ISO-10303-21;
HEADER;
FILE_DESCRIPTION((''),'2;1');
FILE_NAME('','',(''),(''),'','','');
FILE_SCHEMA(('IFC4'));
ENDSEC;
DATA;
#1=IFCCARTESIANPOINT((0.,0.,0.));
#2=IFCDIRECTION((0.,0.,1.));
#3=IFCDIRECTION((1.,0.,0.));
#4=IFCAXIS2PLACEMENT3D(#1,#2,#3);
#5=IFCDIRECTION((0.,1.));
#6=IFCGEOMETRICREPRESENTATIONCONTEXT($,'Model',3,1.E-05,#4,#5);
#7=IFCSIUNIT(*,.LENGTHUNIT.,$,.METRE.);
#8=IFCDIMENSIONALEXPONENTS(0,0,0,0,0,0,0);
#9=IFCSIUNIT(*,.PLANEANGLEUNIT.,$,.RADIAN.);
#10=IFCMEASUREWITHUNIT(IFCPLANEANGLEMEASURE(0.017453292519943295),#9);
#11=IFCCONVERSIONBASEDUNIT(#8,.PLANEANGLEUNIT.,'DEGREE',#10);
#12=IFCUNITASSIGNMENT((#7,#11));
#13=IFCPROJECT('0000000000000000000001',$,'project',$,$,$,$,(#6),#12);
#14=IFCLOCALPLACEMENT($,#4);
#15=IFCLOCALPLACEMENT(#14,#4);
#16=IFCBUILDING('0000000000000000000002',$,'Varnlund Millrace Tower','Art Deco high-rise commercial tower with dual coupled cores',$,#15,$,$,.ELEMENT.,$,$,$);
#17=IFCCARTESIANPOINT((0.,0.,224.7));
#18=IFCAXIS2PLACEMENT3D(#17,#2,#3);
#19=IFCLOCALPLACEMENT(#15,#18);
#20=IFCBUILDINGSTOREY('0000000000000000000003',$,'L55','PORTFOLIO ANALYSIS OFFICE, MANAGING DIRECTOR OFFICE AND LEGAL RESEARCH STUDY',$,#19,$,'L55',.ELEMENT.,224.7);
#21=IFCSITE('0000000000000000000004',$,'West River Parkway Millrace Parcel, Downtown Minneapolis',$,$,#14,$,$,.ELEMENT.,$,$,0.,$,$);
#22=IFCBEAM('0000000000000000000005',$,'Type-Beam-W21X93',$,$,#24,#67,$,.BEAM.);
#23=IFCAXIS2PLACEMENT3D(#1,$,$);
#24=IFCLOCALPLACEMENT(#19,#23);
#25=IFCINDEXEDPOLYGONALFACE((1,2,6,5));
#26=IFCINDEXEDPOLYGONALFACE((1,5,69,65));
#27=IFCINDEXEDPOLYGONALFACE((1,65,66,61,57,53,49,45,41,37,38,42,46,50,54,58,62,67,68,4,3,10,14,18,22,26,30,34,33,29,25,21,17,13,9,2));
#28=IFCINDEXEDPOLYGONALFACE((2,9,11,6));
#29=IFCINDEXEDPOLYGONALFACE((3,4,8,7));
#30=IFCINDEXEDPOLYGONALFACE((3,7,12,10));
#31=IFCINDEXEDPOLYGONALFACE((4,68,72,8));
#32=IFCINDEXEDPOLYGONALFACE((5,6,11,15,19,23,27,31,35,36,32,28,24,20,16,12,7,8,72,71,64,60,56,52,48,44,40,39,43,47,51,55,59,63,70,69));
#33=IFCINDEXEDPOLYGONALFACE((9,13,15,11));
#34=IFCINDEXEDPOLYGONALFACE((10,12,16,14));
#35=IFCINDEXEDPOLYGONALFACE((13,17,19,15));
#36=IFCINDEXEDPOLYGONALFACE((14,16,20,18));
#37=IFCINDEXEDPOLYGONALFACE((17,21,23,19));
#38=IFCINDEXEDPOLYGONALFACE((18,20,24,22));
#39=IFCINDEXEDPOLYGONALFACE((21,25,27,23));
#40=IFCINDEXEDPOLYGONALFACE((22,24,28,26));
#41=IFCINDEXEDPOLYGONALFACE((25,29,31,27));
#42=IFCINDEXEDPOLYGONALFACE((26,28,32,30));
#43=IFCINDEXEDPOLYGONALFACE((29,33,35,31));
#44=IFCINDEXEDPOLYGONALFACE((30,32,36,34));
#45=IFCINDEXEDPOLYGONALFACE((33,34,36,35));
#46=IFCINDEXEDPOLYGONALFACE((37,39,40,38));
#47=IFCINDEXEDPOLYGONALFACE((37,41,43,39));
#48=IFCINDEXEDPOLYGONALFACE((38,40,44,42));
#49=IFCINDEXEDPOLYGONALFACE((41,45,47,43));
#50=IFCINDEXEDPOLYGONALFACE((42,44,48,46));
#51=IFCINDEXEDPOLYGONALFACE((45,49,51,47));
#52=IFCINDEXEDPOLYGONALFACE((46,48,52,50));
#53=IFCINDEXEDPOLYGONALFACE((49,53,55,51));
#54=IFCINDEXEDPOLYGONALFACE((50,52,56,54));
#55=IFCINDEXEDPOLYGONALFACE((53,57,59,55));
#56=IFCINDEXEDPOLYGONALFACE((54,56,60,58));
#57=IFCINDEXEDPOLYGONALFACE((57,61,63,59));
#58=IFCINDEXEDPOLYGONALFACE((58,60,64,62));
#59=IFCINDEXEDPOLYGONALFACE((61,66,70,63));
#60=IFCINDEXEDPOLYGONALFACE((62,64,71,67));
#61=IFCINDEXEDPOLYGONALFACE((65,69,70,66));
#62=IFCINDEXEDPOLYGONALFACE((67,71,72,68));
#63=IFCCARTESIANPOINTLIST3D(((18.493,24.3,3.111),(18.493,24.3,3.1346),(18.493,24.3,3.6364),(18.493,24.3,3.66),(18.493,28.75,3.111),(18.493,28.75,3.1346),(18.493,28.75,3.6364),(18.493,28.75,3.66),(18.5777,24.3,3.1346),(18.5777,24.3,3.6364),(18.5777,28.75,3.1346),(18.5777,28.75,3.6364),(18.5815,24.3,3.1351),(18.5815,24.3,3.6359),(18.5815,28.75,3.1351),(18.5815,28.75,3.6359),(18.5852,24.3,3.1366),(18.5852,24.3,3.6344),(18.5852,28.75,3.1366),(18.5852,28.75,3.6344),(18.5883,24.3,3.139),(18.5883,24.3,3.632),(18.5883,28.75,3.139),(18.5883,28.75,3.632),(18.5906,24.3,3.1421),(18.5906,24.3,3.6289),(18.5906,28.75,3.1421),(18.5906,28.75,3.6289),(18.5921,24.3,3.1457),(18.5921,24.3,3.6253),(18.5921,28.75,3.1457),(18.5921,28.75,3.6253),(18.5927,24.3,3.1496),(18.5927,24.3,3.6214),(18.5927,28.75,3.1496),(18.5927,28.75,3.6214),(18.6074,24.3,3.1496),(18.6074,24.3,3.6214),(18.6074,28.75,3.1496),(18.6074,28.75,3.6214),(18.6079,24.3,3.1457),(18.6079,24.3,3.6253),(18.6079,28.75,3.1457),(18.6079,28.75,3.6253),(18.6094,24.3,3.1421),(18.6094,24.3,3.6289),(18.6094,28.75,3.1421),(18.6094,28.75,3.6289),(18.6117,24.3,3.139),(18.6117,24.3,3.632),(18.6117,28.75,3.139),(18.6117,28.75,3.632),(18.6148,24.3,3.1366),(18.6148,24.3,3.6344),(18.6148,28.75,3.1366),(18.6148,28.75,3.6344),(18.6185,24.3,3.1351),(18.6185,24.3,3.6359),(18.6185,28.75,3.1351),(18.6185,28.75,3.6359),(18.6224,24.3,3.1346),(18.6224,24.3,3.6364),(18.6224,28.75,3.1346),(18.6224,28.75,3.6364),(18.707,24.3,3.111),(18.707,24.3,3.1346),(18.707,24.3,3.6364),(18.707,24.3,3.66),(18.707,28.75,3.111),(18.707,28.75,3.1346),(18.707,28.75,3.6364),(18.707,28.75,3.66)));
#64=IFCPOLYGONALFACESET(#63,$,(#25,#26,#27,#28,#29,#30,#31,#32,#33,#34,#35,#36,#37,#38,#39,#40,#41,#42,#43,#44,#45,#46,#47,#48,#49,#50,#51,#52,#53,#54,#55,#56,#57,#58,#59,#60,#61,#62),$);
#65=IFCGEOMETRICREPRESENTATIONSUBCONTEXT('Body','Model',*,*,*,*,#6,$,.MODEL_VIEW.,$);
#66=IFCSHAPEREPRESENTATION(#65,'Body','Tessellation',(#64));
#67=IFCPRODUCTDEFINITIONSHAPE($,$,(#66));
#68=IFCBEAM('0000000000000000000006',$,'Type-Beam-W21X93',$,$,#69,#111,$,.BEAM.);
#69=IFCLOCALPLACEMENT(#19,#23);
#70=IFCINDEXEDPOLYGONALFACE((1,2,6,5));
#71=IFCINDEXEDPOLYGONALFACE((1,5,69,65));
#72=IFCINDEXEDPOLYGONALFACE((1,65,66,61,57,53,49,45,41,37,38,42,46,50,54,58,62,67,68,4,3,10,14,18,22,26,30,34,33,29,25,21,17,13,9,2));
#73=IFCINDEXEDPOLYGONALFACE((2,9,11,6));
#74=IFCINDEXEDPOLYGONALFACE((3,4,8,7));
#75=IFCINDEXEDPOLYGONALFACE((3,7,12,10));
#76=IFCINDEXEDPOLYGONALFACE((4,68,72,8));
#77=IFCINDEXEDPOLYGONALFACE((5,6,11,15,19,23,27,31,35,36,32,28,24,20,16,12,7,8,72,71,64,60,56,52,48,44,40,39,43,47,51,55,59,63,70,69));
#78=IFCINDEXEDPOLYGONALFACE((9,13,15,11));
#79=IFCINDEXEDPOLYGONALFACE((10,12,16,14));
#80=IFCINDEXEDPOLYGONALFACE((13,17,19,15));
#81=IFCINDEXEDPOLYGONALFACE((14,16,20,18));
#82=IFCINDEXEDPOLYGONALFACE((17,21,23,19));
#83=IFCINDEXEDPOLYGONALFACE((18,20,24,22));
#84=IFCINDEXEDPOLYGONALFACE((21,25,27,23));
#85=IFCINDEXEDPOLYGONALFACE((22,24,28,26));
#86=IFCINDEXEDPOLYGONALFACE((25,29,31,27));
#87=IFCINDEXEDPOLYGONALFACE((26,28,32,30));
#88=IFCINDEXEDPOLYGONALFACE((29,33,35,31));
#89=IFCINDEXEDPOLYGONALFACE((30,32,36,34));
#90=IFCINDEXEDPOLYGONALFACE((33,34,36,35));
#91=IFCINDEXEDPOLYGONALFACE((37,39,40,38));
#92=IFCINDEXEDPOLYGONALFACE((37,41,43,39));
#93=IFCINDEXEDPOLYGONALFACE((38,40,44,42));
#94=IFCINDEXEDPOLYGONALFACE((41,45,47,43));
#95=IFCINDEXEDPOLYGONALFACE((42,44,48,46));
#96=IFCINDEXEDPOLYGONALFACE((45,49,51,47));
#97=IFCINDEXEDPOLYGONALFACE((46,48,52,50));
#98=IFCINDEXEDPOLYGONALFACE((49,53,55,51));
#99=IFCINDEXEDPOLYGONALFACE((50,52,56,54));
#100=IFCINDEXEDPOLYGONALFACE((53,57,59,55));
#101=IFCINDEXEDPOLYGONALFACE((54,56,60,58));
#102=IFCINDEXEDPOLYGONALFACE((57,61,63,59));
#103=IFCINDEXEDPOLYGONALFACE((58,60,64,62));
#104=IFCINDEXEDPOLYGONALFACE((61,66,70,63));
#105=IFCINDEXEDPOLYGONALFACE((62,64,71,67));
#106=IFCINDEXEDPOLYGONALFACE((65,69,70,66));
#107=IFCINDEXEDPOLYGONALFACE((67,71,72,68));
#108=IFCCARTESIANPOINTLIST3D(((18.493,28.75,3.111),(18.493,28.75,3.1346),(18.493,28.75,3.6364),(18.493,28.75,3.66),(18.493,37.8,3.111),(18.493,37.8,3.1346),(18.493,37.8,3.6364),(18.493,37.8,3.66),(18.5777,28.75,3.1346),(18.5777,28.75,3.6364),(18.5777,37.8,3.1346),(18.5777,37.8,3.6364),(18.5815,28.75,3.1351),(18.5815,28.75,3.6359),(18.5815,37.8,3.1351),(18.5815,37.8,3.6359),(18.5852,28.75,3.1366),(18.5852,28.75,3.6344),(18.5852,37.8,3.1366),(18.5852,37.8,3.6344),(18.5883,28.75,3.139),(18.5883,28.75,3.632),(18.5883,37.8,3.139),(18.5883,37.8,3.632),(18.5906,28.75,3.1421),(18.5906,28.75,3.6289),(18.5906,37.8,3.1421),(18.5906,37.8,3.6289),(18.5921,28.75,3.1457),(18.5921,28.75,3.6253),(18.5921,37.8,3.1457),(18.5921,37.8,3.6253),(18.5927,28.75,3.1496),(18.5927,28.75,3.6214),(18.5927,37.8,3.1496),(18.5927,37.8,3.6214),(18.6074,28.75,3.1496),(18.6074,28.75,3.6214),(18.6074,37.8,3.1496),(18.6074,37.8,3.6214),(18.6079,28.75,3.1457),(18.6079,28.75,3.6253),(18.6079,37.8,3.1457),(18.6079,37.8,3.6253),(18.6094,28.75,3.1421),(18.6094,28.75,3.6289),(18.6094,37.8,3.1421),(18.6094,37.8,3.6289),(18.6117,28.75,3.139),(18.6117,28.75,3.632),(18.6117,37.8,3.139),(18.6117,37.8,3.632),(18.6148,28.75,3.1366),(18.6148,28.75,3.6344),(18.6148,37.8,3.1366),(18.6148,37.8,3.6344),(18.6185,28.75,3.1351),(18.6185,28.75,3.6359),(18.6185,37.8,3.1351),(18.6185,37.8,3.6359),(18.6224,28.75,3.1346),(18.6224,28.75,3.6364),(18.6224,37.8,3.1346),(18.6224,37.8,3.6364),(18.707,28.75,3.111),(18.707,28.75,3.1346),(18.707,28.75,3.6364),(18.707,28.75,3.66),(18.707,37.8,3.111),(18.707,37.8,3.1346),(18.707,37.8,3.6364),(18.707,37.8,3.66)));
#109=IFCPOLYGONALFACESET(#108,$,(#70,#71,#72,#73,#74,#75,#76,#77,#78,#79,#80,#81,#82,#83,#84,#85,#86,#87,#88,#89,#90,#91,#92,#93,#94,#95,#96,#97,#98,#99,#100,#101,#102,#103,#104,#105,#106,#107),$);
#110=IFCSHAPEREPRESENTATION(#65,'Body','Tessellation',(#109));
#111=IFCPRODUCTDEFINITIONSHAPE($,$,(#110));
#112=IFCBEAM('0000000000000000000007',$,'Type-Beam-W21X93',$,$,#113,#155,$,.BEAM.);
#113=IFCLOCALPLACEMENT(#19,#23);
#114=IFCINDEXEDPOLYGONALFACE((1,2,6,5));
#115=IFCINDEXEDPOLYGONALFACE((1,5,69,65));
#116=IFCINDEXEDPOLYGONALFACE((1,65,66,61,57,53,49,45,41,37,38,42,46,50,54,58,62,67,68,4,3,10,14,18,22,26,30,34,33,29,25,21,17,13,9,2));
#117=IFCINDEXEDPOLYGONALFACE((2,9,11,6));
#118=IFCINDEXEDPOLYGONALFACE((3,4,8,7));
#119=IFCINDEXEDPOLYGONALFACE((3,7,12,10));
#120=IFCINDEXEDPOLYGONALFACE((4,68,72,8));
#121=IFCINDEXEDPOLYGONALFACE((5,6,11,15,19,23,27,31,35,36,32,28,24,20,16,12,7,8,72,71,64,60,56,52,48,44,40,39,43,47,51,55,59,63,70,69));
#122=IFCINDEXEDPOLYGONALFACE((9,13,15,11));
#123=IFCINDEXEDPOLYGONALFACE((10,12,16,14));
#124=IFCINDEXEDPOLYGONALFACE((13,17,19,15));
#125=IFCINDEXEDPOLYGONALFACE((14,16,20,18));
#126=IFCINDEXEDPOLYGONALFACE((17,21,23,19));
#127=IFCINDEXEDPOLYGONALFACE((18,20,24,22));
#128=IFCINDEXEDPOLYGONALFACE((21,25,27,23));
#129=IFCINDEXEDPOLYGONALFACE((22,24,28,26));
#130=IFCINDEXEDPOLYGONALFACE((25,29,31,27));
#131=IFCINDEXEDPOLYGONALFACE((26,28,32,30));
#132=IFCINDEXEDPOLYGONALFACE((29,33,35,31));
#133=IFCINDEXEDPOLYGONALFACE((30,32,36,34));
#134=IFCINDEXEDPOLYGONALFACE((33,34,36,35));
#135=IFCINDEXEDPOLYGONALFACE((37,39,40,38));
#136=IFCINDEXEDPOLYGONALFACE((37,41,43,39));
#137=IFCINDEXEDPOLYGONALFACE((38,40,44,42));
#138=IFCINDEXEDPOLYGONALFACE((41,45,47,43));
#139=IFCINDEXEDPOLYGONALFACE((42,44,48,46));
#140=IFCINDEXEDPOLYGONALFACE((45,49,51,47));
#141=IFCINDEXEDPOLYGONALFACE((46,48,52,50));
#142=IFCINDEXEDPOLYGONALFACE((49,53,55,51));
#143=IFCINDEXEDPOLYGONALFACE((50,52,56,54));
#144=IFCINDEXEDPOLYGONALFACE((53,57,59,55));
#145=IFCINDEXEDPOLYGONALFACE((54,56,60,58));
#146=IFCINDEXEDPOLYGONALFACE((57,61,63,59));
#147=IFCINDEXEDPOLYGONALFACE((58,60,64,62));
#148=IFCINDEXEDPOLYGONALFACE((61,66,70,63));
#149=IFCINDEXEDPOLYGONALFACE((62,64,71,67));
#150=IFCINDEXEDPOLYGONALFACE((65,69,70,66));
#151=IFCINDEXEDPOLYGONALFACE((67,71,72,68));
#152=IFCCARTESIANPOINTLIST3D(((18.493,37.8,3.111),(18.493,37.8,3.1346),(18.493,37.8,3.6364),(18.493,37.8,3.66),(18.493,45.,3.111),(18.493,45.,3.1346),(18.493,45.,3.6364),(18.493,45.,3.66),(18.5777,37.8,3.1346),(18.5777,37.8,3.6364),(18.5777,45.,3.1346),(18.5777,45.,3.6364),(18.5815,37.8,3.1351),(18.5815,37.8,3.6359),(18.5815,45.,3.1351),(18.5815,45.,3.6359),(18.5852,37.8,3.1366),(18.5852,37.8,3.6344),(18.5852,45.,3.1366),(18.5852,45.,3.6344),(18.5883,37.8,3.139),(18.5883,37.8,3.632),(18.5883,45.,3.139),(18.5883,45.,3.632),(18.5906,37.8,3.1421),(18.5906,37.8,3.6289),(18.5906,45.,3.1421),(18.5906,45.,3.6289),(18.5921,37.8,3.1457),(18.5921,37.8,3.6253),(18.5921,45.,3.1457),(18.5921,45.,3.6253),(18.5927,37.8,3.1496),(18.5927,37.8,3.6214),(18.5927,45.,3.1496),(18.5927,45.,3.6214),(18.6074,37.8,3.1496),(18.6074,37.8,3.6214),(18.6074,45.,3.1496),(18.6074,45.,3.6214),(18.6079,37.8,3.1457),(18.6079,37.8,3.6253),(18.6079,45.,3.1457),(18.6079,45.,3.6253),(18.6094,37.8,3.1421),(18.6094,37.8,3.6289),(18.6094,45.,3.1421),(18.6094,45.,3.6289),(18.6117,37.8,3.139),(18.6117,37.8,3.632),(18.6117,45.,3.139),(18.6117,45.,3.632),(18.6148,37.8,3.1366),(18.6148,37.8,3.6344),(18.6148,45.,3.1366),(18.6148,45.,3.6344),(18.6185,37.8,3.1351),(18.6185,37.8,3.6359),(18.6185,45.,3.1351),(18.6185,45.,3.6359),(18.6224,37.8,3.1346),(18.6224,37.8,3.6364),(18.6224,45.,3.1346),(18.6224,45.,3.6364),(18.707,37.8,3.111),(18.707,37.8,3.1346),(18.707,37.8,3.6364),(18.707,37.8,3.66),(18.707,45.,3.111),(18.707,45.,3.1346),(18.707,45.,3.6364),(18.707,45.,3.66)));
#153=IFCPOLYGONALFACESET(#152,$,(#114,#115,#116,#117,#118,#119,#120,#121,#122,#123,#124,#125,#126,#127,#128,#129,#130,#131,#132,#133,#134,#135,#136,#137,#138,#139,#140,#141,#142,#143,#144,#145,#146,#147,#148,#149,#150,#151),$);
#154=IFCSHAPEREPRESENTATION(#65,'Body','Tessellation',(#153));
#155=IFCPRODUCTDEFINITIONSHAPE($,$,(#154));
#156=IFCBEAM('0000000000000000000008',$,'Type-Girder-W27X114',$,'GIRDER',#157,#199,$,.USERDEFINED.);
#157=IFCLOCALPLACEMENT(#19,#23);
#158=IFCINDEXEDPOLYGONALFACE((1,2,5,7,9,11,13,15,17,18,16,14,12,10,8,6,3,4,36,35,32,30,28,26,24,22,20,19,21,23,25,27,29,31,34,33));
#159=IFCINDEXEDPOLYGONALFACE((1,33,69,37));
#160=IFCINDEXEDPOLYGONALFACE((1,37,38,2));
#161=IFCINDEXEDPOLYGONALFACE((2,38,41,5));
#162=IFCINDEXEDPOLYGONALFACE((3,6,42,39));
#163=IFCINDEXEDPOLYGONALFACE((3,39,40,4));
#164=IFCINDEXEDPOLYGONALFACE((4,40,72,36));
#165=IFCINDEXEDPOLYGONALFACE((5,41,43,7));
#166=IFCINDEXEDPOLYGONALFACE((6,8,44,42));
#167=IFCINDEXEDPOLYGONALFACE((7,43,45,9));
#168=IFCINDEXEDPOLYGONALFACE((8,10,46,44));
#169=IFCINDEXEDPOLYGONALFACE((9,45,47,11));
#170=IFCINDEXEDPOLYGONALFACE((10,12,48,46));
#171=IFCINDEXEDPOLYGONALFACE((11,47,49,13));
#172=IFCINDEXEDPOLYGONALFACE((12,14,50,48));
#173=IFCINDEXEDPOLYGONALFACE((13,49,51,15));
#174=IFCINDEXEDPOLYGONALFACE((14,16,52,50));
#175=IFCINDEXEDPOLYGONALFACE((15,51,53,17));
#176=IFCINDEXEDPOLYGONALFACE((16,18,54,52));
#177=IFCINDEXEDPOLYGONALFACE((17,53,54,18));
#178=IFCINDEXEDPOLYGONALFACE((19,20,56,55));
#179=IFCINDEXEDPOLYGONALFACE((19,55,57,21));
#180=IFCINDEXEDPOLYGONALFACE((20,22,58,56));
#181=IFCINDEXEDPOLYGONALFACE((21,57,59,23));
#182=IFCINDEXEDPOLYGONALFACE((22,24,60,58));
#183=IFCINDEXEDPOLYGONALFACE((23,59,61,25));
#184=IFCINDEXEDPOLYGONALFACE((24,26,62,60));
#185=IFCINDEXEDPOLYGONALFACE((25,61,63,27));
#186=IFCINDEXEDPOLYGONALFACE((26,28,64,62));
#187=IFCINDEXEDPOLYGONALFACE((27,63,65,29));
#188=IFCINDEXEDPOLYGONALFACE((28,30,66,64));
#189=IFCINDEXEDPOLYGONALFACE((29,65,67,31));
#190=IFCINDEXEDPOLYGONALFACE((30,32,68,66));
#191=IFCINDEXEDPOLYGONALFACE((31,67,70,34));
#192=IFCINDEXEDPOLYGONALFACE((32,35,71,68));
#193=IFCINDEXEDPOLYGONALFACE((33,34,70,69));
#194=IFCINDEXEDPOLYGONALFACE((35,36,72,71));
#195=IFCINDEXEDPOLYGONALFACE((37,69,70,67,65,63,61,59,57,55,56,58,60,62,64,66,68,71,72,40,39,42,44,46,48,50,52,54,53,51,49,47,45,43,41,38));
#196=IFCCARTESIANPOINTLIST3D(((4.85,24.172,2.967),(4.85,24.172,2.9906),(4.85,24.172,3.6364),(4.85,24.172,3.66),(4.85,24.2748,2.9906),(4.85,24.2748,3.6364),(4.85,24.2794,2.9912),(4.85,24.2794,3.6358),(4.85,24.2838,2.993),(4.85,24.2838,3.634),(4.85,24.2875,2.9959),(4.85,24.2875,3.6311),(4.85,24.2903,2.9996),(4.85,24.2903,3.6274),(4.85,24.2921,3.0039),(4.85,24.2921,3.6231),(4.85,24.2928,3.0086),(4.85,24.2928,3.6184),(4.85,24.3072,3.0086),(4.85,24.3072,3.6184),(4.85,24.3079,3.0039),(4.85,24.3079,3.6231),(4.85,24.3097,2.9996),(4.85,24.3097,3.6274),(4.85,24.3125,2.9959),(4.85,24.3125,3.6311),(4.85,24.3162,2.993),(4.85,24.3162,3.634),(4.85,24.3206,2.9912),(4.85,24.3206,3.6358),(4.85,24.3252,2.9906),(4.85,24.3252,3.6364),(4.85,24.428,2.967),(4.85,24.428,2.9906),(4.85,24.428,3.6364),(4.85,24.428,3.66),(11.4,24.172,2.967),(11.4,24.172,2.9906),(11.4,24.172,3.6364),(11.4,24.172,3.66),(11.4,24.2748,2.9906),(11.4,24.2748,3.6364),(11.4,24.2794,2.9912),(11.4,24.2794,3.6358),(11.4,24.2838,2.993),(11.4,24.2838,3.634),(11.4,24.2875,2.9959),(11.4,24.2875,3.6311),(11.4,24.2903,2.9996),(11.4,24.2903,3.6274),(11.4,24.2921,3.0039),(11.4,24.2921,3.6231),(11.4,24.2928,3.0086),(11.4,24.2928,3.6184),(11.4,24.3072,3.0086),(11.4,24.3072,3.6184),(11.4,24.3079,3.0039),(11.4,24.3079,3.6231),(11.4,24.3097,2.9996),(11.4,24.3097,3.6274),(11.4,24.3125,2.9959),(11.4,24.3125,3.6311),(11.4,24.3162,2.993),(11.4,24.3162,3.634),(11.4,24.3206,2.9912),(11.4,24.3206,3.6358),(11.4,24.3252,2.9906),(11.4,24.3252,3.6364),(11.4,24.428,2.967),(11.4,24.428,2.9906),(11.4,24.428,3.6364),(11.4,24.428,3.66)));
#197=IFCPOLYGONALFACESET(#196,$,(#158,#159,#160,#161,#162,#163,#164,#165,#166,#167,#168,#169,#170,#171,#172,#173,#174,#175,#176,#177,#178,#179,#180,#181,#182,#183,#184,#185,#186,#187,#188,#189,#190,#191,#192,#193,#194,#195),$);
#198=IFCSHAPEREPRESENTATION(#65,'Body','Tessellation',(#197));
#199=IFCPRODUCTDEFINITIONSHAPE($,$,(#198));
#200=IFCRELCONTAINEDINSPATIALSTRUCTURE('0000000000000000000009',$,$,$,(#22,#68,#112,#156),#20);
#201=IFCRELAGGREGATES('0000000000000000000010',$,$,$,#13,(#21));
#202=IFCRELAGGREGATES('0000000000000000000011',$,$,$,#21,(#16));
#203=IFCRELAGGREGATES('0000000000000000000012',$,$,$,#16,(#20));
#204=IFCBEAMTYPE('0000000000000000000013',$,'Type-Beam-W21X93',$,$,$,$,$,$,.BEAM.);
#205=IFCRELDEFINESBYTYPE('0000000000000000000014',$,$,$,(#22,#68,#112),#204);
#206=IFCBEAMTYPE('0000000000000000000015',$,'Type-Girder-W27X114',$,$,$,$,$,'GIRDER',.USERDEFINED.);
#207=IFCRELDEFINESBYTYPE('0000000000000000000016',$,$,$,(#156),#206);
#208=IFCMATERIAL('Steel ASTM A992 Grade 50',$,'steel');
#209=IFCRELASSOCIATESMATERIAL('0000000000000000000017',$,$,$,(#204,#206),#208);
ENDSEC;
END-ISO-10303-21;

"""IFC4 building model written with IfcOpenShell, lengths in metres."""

from ifc_helpers import new_model, entity, si_unit, converted_unit, direction, frame, origin_with_axes, origin_2d_with_axis, place, context, subcontext, project, spatial, i_section, extrude, material, material_profile, profile_set, type_object, element, save


model = new_model("IFC4")

# Units and contexts
model_context = context("Model", 3, precision=1e-05, world=origin_with_axes(), true_north=direction((0.0, 1.0)))
body_context = subcontext(model_context, "Body", "Model", "MODEL_VIEW")
ifc_project = project(units=[si_unit("LENGTHUNIT", "METRE"), converted_unit("PLANEANGLEUNIT", "DEGREE", entity("IfcPlaneAngleMeasure", 0.017453292519943295), si_unit("PLANEANGLEUNIT", "RADIAN"), dimensions=[0, 0, 0, 0, 0, 0, 0])], contexts=[model_context])

# Site, building, storey
site_placement = place(None, origin_with_axes())
site = spatial("IfcSite", under=ifc_project, at=site_placement, Name="West River Parkway Millrace Parcel, Downtown Minneapolis", CompositionType="ELEMENT", RefElevation=0.0)
building_placement = place(site_placement, origin_with_axes())
building = spatial("IfcBuilding", under=site, at=building_placement, Name="Varnlund Millrace Tower", Description="Art Deco high-rise commercial tower with dual coupled cores", CompositionType="ELEMENT")
storey_placement = place(building_placement, frame((0.0, 0.0, 224.7), z_axis=(0.0, 0.0, 1.0), x_axis=(1.0, 0.0, 0.0)))
storey = spatial("IfcBuildingStorey", under=building, at=storey_placement, Name="L55", Description="PORTFOLIO ANALYSIS OFFICE, MANAGING DIRECTOR OFFICE AND LEGAL RESEARCH STUDY", LongName="L55", CompositionType="ELEMENT", Elevation=224.7)

# Beams
ifc_material_1 = material(Name="Steel ASTM A992 Grade 50", Category="steel")
ifc_material_profile_1 = material_profile(ifc_material_1, i_section(OverallWidth=0.214, OverallDepth=0.549, WebThickness=0.0147, FlangeThickness=0.0236, FilletRadius=0.015, at=origin_2d_with_axis()), Name="Steel ASTM A992 Grade 50")
ifc_profile_set_1 = profile_set([ifc_material_profile_1], Name="Steel ASTM A992 Grade 50")
beam_type_1 = type_object("IfcBeamType", Name="Type-Beam-W21X93", PredefinedType="BEAM", material=ifc_profile_set_1)
beam_1_placement = place(storey_placement, frame((18.6, 24.3, 3.3855), z_axis=(0.0, 1.0, 0.0), x_axis=(-1.0, 0.0, 0.0)))
element("IfcBeam", 1, at=beam_1_placement, inside=storey, type_object=beam_type_1, Name="Type-Beam-W21X93", PredefinedType="BEAM", context=body_context, shape_type="SweptSolid", body=[
    extrude(i_section(OverallWidth=0.214, OverallDepth=0.549, WebThickness=0.0147, FlangeThickness=0.0236, FilletRadius=0.015, at=origin_2d_with_axis()), origin_with_axes(), (0.0, 0.0, 1.0), 4.45),
])
beam_2_placement = place(storey_placement, frame((18.6, 28.75, 3.3855), z_axis=(0.0, 1.0, 0.0), x_axis=(-1.0, 0.0, 0.0)))
element("IfcBeam", 2, at=beam_2_placement, inside=storey, type_object=beam_type_1, Name="Type-Beam-W21X93", PredefinedType="BEAM", context=body_context, shape_type="SweptSolid", body=[
    extrude(i_section(OverallWidth=0.214, OverallDepth=0.549, WebThickness=0.0147, FlangeThickness=0.0236, FilletRadius=0.015, at=origin_2d_with_axis()), origin_with_axes(), (0.0, 0.0, 1.0), 9.05),
])
beam_3_placement = place(storey_placement, frame((18.6, 37.8, 3.3855), z_axis=(0.0, 1.0, 0.0), x_axis=(-1.0, 0.0, 0.0)))
element("IfcBeam", 3, at=beam_3_placement, inside=storey, type_object=beam_type_1, Name="Type-Beam-W21X93", PredefinedType="BEAM", context=body_context, shape_type="SweptSolid", body=[
    extrude(i_section(OverallWidth=0.214, OverallDepth=0.549, WebThickness=0.0147, FlangeThickness=0.0236, FilletRadius=0.015, at=origin_2d_with_axis()), origin_with_axes(), (0.0, 0.0, 1.0), 7.2),
])
ifc_material_profile_2 = material_profile(ifc_material_1, i_section(OverallWidth=0.256, OverallDepth=0.693, WebThickness=0.0145, FlangeThickness=0.0236, FilletRadius=0.018, at=origin_2d_with_axis()), Name="Steel ASTM A992 Grade 50")
ifc_profile_set_2 = profile_set([ifc_material_profile_2], Name="Steel ASTM A992 Grade 50")
beam_type_2 = type_object("IfcBeamType", Name="Type-Girder-W27X114", ElementType="GIRDER", PredefinedType="USERDEFINED", material=ifc_profile_set_2)
beam_4_placement = place(storey_placement, frame((4.85, 24.3, 3.3135), z_axis=(1.0, 0.0, 0.0), x_axis=(0.0, 1.0, 0.0)))
element("IfcBeam", 4, at=beam_4_placement, inside=storey, type_object=beam_type_2, Name="Type-Girder-W27X114", ObjectType="GIRDER", PredefinedType="USERDEFINED", context=body_context, shape_type="SweptSolid", body=[
    extrude(i_section(OverallWidth=0.256, OverallDepth=0.693, WebThickness=0.0145, FlangeThickness=0.0236, FilletRadius=0.018, at=origin_2d_with_axis()), origin_with_axes(), (0.0, 0.0, 1.0), 6.55),
])

save(model, "model.ifc")
